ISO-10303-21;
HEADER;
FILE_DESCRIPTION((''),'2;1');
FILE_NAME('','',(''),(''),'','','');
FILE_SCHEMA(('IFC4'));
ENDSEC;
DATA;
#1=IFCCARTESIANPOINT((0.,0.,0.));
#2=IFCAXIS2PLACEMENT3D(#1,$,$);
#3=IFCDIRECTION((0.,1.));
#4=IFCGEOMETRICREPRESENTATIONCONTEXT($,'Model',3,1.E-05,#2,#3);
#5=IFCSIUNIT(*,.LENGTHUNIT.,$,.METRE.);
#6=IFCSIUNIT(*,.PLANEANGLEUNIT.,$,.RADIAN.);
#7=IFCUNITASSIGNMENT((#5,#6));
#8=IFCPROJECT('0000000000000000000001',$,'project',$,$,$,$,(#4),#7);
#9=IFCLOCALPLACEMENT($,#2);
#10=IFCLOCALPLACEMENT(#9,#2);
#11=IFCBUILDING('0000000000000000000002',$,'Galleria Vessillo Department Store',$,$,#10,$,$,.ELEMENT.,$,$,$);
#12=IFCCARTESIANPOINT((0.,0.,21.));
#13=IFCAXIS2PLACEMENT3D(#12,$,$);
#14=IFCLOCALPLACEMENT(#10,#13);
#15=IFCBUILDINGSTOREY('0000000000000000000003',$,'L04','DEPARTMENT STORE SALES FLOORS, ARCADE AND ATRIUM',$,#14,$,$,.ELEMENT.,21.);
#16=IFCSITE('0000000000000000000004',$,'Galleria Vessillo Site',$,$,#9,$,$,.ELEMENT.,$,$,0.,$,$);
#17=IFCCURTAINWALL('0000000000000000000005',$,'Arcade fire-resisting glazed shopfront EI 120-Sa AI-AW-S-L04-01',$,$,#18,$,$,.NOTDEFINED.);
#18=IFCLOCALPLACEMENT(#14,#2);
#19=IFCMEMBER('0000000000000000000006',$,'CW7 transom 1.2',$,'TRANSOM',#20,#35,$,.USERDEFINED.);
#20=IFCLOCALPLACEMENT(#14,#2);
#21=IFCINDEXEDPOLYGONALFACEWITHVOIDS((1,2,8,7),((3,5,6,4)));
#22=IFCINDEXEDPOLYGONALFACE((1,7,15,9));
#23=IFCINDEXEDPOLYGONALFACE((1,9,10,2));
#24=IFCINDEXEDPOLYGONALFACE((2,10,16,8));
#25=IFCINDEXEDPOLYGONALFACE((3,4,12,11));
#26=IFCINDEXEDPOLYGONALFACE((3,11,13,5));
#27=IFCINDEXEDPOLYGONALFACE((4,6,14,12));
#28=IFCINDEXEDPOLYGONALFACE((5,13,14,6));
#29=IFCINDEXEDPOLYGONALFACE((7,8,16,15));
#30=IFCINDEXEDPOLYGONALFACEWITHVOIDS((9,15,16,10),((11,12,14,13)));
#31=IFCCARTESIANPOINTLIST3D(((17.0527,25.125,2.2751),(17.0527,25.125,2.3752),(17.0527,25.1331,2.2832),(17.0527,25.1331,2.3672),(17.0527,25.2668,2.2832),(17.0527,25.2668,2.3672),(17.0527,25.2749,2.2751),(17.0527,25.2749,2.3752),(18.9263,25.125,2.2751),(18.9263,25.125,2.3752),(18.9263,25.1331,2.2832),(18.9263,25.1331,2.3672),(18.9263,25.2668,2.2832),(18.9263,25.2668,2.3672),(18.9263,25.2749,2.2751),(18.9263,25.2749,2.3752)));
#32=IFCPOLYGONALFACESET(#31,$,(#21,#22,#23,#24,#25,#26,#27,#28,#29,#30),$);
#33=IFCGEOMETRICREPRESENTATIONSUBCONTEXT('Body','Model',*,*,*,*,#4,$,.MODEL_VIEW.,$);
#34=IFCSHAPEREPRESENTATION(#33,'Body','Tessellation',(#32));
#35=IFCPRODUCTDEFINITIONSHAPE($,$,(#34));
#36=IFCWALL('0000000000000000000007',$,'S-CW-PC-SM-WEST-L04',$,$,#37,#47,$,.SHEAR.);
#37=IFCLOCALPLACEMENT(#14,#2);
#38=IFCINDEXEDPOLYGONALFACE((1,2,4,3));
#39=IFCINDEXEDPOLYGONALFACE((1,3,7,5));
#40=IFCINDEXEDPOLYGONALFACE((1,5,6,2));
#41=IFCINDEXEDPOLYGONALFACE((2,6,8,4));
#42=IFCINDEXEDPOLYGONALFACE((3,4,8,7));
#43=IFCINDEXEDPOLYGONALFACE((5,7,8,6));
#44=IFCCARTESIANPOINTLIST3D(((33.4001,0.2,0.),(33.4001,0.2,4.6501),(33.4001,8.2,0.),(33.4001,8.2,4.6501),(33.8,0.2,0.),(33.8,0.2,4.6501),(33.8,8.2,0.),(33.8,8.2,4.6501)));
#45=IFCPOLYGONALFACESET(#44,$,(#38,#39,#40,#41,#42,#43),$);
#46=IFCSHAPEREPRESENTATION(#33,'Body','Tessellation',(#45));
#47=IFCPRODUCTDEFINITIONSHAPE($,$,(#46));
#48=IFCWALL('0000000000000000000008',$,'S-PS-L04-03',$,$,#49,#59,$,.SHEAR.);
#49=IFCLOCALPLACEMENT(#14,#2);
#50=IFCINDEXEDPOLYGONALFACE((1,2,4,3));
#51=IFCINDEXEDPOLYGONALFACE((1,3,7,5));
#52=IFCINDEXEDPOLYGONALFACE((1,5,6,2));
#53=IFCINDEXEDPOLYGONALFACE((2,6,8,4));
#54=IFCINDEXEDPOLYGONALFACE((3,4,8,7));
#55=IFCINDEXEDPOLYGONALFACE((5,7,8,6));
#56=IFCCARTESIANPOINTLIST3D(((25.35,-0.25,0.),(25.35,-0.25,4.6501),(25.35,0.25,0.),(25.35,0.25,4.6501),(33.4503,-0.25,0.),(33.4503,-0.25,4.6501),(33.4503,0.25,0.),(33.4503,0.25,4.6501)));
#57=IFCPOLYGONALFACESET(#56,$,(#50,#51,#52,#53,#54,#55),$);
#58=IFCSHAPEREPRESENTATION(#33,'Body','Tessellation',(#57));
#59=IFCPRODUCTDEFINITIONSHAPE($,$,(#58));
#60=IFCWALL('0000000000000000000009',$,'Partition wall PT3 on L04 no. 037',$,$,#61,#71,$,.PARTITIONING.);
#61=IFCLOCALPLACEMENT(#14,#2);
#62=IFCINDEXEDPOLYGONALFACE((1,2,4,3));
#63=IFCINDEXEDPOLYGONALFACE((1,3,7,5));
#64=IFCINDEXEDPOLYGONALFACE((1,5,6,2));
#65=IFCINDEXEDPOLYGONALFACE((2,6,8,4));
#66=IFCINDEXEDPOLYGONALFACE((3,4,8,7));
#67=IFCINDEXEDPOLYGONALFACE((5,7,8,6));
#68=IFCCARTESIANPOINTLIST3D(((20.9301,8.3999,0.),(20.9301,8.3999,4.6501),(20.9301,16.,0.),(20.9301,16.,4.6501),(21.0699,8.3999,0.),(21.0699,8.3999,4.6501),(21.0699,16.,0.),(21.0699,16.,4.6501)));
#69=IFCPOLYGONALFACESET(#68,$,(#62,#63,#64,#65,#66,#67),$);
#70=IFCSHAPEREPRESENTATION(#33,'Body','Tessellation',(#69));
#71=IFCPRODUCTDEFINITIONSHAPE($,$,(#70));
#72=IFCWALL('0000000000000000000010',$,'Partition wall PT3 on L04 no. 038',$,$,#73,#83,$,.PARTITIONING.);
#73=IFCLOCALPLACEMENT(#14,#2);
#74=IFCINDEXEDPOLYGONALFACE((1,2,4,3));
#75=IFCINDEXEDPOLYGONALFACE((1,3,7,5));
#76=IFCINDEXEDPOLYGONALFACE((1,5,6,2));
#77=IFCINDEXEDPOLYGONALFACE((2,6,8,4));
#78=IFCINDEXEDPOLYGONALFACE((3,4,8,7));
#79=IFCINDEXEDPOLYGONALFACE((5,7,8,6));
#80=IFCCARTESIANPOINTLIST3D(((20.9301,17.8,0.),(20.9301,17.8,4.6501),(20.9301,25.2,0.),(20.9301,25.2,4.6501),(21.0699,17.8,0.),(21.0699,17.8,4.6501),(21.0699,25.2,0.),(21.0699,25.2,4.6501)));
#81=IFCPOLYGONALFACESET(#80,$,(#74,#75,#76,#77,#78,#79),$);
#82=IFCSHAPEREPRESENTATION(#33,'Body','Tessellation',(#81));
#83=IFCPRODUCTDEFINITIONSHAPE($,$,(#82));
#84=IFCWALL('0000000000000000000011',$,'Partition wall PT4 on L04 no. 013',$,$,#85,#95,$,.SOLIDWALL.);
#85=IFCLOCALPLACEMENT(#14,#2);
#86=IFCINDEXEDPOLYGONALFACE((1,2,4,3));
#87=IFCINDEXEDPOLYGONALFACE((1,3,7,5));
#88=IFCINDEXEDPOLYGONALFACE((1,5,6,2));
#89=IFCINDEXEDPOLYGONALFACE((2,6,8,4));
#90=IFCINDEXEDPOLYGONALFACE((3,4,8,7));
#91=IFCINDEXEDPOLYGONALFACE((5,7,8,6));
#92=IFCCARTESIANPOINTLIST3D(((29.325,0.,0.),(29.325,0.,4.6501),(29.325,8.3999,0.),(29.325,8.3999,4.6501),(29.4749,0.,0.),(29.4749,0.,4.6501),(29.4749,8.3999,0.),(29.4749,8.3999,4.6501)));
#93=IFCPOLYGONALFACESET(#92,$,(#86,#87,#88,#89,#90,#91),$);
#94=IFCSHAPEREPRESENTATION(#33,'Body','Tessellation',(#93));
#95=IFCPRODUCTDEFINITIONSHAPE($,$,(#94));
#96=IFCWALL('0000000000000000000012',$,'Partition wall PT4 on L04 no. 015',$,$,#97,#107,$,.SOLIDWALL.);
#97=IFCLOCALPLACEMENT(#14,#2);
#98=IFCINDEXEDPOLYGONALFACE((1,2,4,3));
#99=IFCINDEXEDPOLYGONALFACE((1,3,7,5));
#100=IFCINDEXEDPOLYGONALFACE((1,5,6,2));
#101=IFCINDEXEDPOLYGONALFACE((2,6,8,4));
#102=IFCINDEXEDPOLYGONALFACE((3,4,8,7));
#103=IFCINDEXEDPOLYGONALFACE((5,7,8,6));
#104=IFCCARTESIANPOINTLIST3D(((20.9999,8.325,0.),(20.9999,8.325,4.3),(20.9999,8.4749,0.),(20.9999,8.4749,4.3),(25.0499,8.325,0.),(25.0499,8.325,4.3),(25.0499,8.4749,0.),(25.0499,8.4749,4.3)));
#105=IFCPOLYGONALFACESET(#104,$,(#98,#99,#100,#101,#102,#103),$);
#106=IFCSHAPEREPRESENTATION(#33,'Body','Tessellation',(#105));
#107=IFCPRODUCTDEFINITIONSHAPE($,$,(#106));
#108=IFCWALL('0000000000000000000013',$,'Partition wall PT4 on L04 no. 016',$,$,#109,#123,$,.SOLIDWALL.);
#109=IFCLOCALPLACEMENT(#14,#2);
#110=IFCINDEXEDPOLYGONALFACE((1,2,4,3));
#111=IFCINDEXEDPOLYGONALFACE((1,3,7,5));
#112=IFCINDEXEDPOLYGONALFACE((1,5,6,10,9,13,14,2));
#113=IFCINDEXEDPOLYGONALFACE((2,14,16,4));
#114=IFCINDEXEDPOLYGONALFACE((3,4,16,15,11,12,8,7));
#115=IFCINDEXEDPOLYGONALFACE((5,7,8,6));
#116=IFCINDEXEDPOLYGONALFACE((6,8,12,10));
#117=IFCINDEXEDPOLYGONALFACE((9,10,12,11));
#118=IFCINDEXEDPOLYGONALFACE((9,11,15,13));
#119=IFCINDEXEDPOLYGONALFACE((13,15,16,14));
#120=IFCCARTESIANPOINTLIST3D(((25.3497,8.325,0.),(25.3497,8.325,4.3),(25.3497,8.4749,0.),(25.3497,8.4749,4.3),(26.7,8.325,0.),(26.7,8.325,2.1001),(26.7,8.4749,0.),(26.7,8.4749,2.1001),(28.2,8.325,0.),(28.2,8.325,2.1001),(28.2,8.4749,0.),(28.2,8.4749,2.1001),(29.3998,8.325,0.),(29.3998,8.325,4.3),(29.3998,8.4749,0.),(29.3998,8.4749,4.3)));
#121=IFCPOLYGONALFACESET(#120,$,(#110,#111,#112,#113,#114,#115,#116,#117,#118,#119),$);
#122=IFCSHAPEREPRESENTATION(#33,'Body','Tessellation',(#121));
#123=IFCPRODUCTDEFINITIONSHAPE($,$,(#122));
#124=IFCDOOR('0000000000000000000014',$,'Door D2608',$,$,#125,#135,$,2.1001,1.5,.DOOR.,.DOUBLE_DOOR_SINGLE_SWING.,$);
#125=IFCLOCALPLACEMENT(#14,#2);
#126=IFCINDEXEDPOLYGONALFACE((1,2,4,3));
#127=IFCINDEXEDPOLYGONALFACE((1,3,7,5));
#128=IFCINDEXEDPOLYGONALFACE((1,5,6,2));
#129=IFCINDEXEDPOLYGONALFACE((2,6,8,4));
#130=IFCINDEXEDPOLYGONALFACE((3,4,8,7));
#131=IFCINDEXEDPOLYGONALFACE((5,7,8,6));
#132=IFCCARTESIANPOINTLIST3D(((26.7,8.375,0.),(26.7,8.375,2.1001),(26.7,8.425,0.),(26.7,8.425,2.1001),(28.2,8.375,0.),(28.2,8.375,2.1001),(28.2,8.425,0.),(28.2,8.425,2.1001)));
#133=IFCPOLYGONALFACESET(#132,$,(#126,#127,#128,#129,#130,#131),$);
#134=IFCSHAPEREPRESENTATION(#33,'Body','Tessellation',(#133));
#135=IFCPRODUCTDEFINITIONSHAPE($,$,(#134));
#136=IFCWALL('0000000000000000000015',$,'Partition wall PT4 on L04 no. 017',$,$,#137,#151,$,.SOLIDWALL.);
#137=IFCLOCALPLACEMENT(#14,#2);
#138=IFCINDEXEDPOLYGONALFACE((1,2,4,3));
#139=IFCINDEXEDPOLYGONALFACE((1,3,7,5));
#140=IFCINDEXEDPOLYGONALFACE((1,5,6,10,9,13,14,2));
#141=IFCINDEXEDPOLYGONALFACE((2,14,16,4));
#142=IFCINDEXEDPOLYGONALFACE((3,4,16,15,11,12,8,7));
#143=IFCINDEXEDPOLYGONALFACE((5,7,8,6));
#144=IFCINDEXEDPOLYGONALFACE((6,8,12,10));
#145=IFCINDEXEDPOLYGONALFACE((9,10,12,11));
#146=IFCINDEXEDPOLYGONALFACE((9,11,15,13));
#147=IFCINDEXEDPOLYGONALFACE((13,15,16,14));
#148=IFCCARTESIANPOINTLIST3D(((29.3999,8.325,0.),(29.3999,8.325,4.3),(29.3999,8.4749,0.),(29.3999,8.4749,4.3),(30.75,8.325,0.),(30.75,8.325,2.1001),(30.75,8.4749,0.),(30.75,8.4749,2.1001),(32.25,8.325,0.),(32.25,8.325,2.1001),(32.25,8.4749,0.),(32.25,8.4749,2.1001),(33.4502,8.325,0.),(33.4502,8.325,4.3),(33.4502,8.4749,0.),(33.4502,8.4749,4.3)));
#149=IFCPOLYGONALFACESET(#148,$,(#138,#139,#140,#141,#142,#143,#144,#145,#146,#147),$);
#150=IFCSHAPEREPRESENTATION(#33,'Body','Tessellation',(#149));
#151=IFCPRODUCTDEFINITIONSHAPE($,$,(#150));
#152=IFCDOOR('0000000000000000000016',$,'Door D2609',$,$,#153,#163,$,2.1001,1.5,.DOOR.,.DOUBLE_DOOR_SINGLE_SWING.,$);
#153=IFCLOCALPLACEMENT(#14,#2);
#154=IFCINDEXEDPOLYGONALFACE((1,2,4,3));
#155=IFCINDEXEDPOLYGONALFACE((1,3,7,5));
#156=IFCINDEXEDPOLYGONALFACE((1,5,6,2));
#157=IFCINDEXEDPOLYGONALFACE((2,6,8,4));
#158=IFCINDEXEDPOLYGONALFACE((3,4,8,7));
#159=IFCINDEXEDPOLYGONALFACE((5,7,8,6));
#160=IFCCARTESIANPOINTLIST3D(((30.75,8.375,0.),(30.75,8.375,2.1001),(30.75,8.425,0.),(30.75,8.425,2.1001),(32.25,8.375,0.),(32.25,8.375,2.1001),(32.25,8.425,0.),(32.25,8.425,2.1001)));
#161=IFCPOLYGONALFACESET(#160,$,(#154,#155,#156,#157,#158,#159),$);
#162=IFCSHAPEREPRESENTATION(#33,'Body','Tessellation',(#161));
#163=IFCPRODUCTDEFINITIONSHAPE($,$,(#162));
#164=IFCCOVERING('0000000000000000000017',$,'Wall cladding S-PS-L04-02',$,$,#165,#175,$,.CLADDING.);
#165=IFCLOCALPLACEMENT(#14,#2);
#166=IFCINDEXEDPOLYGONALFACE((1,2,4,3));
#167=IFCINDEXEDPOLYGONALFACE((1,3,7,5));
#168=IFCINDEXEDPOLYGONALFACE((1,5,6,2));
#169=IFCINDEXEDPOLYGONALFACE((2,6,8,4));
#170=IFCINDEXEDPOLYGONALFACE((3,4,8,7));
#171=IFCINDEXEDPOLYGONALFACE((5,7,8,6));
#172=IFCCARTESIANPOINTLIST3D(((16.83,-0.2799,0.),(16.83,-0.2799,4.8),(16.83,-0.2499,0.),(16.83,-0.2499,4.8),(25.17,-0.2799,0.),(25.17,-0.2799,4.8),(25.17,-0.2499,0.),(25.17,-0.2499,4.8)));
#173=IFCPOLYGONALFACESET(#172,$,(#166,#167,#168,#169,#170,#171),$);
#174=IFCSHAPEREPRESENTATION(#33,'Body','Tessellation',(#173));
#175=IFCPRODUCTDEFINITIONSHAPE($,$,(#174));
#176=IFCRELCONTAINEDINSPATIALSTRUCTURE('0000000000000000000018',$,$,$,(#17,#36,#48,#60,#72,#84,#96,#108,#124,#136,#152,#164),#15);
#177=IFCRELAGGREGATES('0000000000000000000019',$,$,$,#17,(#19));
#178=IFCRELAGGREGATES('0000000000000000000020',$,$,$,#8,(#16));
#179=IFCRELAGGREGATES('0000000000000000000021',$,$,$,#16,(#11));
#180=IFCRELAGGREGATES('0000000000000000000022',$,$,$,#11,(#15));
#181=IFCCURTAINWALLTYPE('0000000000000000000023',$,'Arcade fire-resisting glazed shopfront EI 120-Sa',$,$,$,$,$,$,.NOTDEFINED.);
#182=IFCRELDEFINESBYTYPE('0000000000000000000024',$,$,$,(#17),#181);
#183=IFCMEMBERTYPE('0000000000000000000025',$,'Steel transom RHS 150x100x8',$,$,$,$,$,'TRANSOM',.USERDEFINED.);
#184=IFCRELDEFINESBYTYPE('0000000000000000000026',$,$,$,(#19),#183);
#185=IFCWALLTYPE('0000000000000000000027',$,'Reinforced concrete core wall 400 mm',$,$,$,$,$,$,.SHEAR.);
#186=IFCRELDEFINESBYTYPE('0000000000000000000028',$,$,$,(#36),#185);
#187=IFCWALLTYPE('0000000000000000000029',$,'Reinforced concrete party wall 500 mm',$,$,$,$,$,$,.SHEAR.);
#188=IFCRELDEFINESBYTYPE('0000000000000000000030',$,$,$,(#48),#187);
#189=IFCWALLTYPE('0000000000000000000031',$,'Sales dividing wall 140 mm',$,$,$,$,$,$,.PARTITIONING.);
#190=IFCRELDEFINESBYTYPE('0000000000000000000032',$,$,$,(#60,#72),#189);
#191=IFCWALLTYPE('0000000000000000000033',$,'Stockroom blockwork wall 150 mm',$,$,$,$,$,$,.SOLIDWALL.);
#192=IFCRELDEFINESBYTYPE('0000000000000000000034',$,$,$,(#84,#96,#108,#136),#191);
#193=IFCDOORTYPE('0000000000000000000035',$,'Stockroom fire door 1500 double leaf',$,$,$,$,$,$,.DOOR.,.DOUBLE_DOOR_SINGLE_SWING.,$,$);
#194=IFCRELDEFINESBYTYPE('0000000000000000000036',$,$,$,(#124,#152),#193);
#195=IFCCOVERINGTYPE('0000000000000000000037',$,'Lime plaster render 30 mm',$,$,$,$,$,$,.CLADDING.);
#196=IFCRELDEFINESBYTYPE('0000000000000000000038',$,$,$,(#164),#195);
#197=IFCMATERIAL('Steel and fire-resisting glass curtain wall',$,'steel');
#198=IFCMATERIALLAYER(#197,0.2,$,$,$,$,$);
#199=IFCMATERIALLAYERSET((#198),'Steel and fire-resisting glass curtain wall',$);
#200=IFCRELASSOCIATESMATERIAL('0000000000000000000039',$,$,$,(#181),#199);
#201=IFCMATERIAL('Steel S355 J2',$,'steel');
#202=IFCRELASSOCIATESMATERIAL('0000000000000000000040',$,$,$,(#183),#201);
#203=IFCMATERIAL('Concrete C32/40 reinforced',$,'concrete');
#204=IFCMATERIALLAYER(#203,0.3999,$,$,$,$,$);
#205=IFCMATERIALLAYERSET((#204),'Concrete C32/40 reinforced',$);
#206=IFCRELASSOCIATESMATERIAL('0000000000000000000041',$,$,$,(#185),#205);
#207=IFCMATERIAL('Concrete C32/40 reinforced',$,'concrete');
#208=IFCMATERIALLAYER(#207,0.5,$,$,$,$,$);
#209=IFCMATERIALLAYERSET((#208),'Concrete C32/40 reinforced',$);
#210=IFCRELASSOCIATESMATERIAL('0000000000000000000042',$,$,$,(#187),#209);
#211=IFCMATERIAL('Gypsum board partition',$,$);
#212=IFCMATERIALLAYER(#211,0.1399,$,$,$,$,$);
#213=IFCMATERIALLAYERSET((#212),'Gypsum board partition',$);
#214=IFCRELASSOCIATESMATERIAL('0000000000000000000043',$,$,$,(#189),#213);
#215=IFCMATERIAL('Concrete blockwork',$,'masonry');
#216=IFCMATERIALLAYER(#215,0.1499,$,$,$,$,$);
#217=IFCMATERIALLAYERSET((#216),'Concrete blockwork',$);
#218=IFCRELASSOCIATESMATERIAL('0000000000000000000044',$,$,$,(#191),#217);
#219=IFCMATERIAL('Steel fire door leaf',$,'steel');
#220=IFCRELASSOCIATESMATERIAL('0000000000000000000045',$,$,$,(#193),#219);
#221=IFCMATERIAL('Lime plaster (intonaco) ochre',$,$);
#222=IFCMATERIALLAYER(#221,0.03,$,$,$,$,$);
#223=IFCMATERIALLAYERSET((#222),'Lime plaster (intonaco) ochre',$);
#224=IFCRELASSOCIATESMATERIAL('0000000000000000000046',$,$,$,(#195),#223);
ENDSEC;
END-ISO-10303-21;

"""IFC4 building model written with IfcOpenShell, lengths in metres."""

from ifc_helpers import new_model, si_unit, direction, frame, frame_2d, origin, origin_2d, place, context, subcontext, project, spatial, rectangle, hollow_rectangle, extrude, material, layer, layer_set, material_profile, profile_set, type_object, element, fill, aggregate, save


model = new_model("IFC4")

# Units and contexts
model_context = context("Model", 3, precision=1e-05, world=origin(), true_north=direction((0.0, 1.0)))
body_context = subcontext(model_context, "Body", "Model", "MODEL_VIEW")
ifc_project = project(units=[si_unit("LENGTHUNIT", "METRE"), si_unit("PLANEANGLEUNIT", "RADIAN")], contexts=[model_context])

# Site, building, storey
site_placement = place(None, origin())
site = spatial("IfcSite", under=ifc_project, at=site_placement, Name="Galleria Vessillo Site", CompositionType="ELEMENT", RefElevation=0.0)
building_placement = place(site_placement, origin())
building = spatial("IfcBuilding", under=site, at=building_placement, Name="Galleria Vessillo Department Store", CompositionType="ELEMENT")
storey_placement = place(building_placement, frame((0.0, 0.0, 21.0)))
storey = spatial("IfcBuildingStorey", under=building, at=storey_placement, Name="L04", Description="DEPARTMENT STORE SALES FLOORS, ARCADE AND ATRIUM", CompositionType="ELEMENT", Elevation=21.0)

# Curtain wall, member
ifc_material_1 = material(Name="Steel and fire-resisting glass curtain wall", Category="steel")
ifc_layer_1 = layer(ifc_material_1, 0.2)
ifc_layer_set_1 = layer_set([ifc_layer_1], Name="Steel and fire-resisting glass curtain wall")
curtain_wall_type = type_object("IfcCurtainWallType", Name="Arcade fire-resisting glazed shopfront EI 120-Sa", PredefinedType="NOTDEFINED", material=ifc_layer_set_1)
curtain_wall_placement = place(storey_placement, origin())
curtain_wall = element("IfcCurtainWall", 1, at=curtain_wall_placement, inside=storey, type_object=curtain_wall_type, Name="Arcade fire-resisting glazed shopfront EI 120-Sa AI-AW-S-L04-01", PredefinedType="NOTDEFINED")
ifc_material_2 = material(Name="Steel S355 J2", Category="steel")
ifc_material_profile_1 = material_profile(ifc_material_2, hollow_rectangle(XDim=0.1499, YDim=0.1001, WallThickness=0.0081, at=origin_2d()), Name="RHS 150x100x8")
ifc_profile_set_1 = profile_set([ifc_material_profile_1], Name="Steel S355 J2")
member_type_1 = type_object("IfcMemberType", Name="Steel transom RHS 150x100x8", ElementType="TRANSOM", PredefinedType="USERDEFINED", material=ifc_profile_set_1)
member_1_placement = place(storey_placement, frame((17.0527, 25.2, 2.3252), z_axis=(1.0, 0.0, 0.0), x_axis=(0.0, 1.0, 0.0)))
member_1 = element("IfcMember", 2, at=member_1_placement, type_object=member_type_1, Name="CW7 transom 1.2", ObjectType="TRANSOM", PredefinedType="USERDEFINED", context=body_context, shape_type="SweptSolid", body=[
    extrude(hollow_rectangle(XDim=0.1499, YDim=0.1001, WallThickness=0.0081, at=origin_2d()), origin(), (0.0, 0.0, 1.0), 1.8735),
])
aggregate(curtain_wall, [member_1])

# Walls
ifc_material_3 = material(Name="Concrete C32/40 reinforced", Category="concrete")
ifc_layer_2 = layer(ifc_material_3, 0.3999)
ifc_layer_set_2 = layer_set([ifc_layer_2], Name="Concrete C32/40 reinforced")
wall_type_1 = type_object("IfcWallType", Name="Reinforced concrete core wall 400 mm", PredefinedType="SHEAR", material=ifc_layer_set_2)
wall_1_placement = place(storey_placement, frame((33.6001, 0.2, 0.0), z_axis=(0.0, 0.0, 1.0), x_axis=(0.0, 1.0, 0.0)))
element("IfcWall", 3, at=wall_1_placement, inside=storey, type_object=wall_type_1, Name="S-CW-PC-SM-WEST-L04", PredefinedType="SHEAR", context=body_context, shape_type="SweptSolid", body=[
    extrude(rectangle(XDim=8.0, YDim=0.3999, at=frame_2d((4.0, 0.0))), origin(), (0.0, 0.0, 1.0), 4.6501),
])
ifc_material_4 = material(Name="Concrete C32/40 reinforced", Category="concrete")
ifc_layer_3 = layer(ifc_material_4, 0.5)
ifc_layer_set_3 = layer_set([ifc_layer_3], Name="Concrete C32/40 reinforced")
wall_type_2 = type_object("IfcWallType", Name="Reinforced concrete party wall 500 mm", PredefinedType="SHEAR", material=ifc_layer_set_3)
wall_2_placement = place(storey_placement, frame((25.3499, 0.0, 0.0), z_axis=(0.0, 0.0, 1.0), x_axis=(1.0, 0.0, 0.0)))
element("IfcWall", 4, at=wall_2_placement, inside=storey, type_object=wall_type_2, Name="S-PS-L04-03", PredefinedType="SHEAR", context=body_context, shape_type="SweptSolid", body=[
    extrude(rectangle(XDim=8.1003, YDim=0.5, at=frame_2d((4.0503, 0.0))), origin(), (0.0, 0.0, 1.0), 4.6501),
])
ifc_material_5 = material(Name="Gypsum board partition")
ifc_layer_4 = layer(ifc_material_5, 0.1399)
ifc_layer_set_4 = layer_set([ifc_layer_4], Name="Gypsum board partition")
wall_type_3 = type_object("IfcWallType", Name="Sales dividing wall 140 mm", PredefinedType="PARTITIONING", material=ifc_layer_set_4)
wall_3_placement = place(storey_placement, frame((21.0, 8.3999, 0.0), z_axis=(0.0, 0.0, 1.0), x_axis=(0.0, 1.0, 0.0)))
element("IfcWall", 5, at=wall_3_placement, inside=storey, type_object=wall_type_3, Name="Partition wall PT3 on L04 no. 037", PredefinedType="PARTITIONING", context=body_context, shape_type="SweptSolid", body=[
    extrude(rectangle(XDim=7.6001, YDim=0.1399, at=frame_2d((3.8, 0.0))), origin(), (0.0, 0.0, 1.0), 4.6501),
])
wall_4_placement = place(storey_placement, frame((21.0, 17.8, 0.0), z_axis=(0.0, 0.0, 1.0), x_axis=(0.0, 1.0, 0.0)))
element("IfcWall", 6, at=wall_4_placement, inside=storey, type_object=wall_type_3, Name="Partition wall PT3 on L04 no. 038", PredefinedType="PARTITIONING", context=body_context, shape_type="SweptSolid", body=[
    extrude(rectangle(XDim=7.3999, YDim=0.1399, at=frame_2d((3.7, 0.0))), origin(), (0.0, 0.0, 1.0), 4.6501),
])
ifc_material_6 = material(Name="Concrete blockwork", Category="masonry")
ifc_layer_5 = layer(ifc_material_6, 0.1499)
ifc_layer_set_5 = layer_set([ifc_layer_5], Name="Concrete blockwork")
wall_type_4 = type_object("IfcWallType", Name="Stockroom blockwork wall 150 mm", PredefinedType="SOLIDWALL", material=ifc_layer_set_5)
wall_5_placement = place(storey_placement, frame((29.3999, 0.0, 0.0), z_axis=(0.0, 0.0, 1.0), x_axis=(0.0, 1.0, 0.0)))
element("IfcWall", 7, at=wall_5_placement, inside=storey, type_object=wall_type_4, Name="Partition wall PT4 on L04 no. 013", PredefinedType="SOLIDWALL", context=body_context, shape_type="SweptSolid", body=[
    extrude(rectangle(XDim=8.3999, YDim=0.1499, at=frame_2d((4.2, 0.0))), origin(), (0.0, 0.0, 1.0), 4.6501),
])
wall_6_placement = place(storey_placement, frame((21.0, 8.3999, 0.0), z_axis=(0.0, 0.0, 1.0), x_axis=(1.0, 0.0, 0.0)))
element("IfcWall", 8, at=wall_6_placement, inside=storey, type_object=wall_type_4, Name="Partition wall PT4 on L04 no. 015", PredefinedType="SOLIDWALL", context=body_context, shape_type="SweptSolid", body=[
    extrude(rectangle(XDim=4.05, YDim=0.1499, at=frame_2d((2.0249, 0.0))), origin(), (0.0, 0.0, 1.0), 4.3),
])

# Walls, openings, doors
wall_7_placement = place(storey_placement, frame((25.3499, 8.3999, 0.0), z_axis=(0.0, 0.0, 1.0), x_axis=(1.0, 0.0, 0.0)))
wall_7 = element("IfcWall", 9, at=wall_7_placement, inside=storey, type_object=wall_type_4, Name="Partition wall PT4 on L04 no. 016", PredefinedType="SOLIDWALL", context=body_context, shape_type="SweptSolid", body=[
    extrude(rectangle(XDim=4.05, YDim=0.1499, at=frame_2d((2.0249, 0.0))), origin(), (0.0, 0.0, 1.0), 4.3),
])
opening_1_placement = place(wall_7_placement, frame((1.3501, 0.0, 0.0)))
opening_1 = element("IfcOpeningElement", 10, at=opening_1_placement, cuts=wall_7, PredefinedType="OPENING", context=body_context, shape_type="SweptSolid", body=[
    extrude(rectangle(XDim=1.5, YDim=2.1001, at=frame_2d((0.75, 1.05))), frame((0.0, 0.085, 0.0), z_axis=(0.0, -1.0, 0.0), x_axis=(1.0, 0.0, 0.0)), (0.0, 0.0, 1.0), 0.1699),
])
ifc_material_7 = material(Name="Steel fire door leaf", Category="steel")
door_type = type_object("IfcDoorType", Name="Stockroom fire door 1500 double leaf", OperationType="DOUBLE_DOOR_SINGLE_SWING", PredefinedType="DOOR", material=ifc_material_7)
door_1_placement = place(opening_1_placement, frame((1.5, 0.0, 0.0), z_axis=(0.0, 0.0, 1.0), x_axis=(-1.0, 0.0, 0.0)))
door_1 = element("IfcDoor", 11, at=door_1_placement, inside=storey, type_object=door_type, Name="Door D2608", OperationType="DOUBLE_DOOR_SINGLE_SWING", OverallHeight=2.1001, OverallWidth=1.5, PredefinedType="DOOR", context=body_context, shape_type="SweptSolid", body=[
    extrude(rectangle(XDim=1.5, YDim=2.1001, at=frame_2d((0.75, 1.05))), frame((0.0, 0.0249, 0.0), z_axis=(0.0, -1.0, 0.0), x_axis=(1.0, 0.0, 0.0)), (0.0, 0.0, 1.0), 0.05),
])
fill(opening_1, door_1)
wall_8_placement = place(storey_placement, frame((29.3999, 8.3999, 0.0), z_axis=(0.0, 0.0, 1.0), x_axis=(1.0, 0.0, 0.0)))
wall_8 = element("IfcWall", 12, at=wall_8_placement, inside=storey, type_object=wall_type_4, Name="Partition wall PT4 on L04 no. 017", PredefinedType="SOLIDWALL", context=body_context, shape_type="SweptSolid", body=[
    extrude(rectangle(XDim=4.0503, YDim=0.1499, at=frame_2d((2.0251, 0.0))), origin(), (0.0, 0.0, 1.0), 4.3),
])
opening_2_placement = place(wall_8_placement, frame((1.3501, 0.0, 0.0)))
opening_2 = element("IfcOpeningElement", 13, at=opening_2_placement, cuts=wall_8, PredefinedType="OPENING", context=body_context, shape_type="SweptSolid", body=[
    extrude(rectangle(XDim=1.5, YDim=2.1001, at=frame_2d((0.75, 1.05))), frame((0.0, 0.085, 0.0), z_axis=(0.0, -1.0, 0.0), x_axis=(1.0, 0.0, 0.0)), (0.0, 0.0, 1.0), 0.1699),
])
door_2_placement = place(opening_2_placement, frame((1.5, 0.0, 0.0), z_axis=(0.0, 0.0, 1.0), x_axis=(-1.0, 0.0, 0.0)))
door_2 = element("IfcDoor", 14, at=door_2_placement, inside=storey, type_object=door_type, Name="Door D2609", OperationType="DOUBLE_DOOR_SINGLE_SWING", OverallHeight=2.1001, OverallWidth=1.5, PredefinedType="DOOR", context=body_context, shape_type="SweptSolid", body=[
    extrude(rectangle(XDim=1.5, YDim=2.1001, at=frame_2d((0.75, 1.05))), frame((0.0, 0.0249, 0.0), z_axis=(0.0, -1.0, 0.0), x_axis=(1.0, 0.0, 0.0)), (0.0, 0.0, 1.0), 0.05),
])
fill(opening_2, door_2)

# Covering
ifc_material_8 = material(Name="Lime plaster (intonaco) ochre")
ifc_layer_6 = layer(ifc_material_8, 0.03)
ifc_layer_set_6 = layer_set([ifc_layer_6], Name="Lime plaster (intonaco) ochre")
covering_type = type_object("IfcCoveringType", Name="Lime plaster render 30 mm", PredefinedType="CLADDING", material=ifc_layer_set_6)
covering_1_placement = place(storey_placement, frame((21.0, -0.2649, 0.0), z_axis=(0.0, 0.0, 1.0), x_axis=(1.0, 0.0, 0.0)))
element("IfcCovering", 15, at=covering_1_placement, inside=storey, type_object=covering_type, Name="Wall cladding S-PS-L04-02", PredefinedType="CLADDING", context=body_context, shape_type="SweptSolid", body=[
    extrude(rectangle(XDim=8.3401, YDim=0.03, at=origin_2d()), origin(), (0.0, 0.0, 1.0), 4.8),
])

save(model, "model.ifc")
